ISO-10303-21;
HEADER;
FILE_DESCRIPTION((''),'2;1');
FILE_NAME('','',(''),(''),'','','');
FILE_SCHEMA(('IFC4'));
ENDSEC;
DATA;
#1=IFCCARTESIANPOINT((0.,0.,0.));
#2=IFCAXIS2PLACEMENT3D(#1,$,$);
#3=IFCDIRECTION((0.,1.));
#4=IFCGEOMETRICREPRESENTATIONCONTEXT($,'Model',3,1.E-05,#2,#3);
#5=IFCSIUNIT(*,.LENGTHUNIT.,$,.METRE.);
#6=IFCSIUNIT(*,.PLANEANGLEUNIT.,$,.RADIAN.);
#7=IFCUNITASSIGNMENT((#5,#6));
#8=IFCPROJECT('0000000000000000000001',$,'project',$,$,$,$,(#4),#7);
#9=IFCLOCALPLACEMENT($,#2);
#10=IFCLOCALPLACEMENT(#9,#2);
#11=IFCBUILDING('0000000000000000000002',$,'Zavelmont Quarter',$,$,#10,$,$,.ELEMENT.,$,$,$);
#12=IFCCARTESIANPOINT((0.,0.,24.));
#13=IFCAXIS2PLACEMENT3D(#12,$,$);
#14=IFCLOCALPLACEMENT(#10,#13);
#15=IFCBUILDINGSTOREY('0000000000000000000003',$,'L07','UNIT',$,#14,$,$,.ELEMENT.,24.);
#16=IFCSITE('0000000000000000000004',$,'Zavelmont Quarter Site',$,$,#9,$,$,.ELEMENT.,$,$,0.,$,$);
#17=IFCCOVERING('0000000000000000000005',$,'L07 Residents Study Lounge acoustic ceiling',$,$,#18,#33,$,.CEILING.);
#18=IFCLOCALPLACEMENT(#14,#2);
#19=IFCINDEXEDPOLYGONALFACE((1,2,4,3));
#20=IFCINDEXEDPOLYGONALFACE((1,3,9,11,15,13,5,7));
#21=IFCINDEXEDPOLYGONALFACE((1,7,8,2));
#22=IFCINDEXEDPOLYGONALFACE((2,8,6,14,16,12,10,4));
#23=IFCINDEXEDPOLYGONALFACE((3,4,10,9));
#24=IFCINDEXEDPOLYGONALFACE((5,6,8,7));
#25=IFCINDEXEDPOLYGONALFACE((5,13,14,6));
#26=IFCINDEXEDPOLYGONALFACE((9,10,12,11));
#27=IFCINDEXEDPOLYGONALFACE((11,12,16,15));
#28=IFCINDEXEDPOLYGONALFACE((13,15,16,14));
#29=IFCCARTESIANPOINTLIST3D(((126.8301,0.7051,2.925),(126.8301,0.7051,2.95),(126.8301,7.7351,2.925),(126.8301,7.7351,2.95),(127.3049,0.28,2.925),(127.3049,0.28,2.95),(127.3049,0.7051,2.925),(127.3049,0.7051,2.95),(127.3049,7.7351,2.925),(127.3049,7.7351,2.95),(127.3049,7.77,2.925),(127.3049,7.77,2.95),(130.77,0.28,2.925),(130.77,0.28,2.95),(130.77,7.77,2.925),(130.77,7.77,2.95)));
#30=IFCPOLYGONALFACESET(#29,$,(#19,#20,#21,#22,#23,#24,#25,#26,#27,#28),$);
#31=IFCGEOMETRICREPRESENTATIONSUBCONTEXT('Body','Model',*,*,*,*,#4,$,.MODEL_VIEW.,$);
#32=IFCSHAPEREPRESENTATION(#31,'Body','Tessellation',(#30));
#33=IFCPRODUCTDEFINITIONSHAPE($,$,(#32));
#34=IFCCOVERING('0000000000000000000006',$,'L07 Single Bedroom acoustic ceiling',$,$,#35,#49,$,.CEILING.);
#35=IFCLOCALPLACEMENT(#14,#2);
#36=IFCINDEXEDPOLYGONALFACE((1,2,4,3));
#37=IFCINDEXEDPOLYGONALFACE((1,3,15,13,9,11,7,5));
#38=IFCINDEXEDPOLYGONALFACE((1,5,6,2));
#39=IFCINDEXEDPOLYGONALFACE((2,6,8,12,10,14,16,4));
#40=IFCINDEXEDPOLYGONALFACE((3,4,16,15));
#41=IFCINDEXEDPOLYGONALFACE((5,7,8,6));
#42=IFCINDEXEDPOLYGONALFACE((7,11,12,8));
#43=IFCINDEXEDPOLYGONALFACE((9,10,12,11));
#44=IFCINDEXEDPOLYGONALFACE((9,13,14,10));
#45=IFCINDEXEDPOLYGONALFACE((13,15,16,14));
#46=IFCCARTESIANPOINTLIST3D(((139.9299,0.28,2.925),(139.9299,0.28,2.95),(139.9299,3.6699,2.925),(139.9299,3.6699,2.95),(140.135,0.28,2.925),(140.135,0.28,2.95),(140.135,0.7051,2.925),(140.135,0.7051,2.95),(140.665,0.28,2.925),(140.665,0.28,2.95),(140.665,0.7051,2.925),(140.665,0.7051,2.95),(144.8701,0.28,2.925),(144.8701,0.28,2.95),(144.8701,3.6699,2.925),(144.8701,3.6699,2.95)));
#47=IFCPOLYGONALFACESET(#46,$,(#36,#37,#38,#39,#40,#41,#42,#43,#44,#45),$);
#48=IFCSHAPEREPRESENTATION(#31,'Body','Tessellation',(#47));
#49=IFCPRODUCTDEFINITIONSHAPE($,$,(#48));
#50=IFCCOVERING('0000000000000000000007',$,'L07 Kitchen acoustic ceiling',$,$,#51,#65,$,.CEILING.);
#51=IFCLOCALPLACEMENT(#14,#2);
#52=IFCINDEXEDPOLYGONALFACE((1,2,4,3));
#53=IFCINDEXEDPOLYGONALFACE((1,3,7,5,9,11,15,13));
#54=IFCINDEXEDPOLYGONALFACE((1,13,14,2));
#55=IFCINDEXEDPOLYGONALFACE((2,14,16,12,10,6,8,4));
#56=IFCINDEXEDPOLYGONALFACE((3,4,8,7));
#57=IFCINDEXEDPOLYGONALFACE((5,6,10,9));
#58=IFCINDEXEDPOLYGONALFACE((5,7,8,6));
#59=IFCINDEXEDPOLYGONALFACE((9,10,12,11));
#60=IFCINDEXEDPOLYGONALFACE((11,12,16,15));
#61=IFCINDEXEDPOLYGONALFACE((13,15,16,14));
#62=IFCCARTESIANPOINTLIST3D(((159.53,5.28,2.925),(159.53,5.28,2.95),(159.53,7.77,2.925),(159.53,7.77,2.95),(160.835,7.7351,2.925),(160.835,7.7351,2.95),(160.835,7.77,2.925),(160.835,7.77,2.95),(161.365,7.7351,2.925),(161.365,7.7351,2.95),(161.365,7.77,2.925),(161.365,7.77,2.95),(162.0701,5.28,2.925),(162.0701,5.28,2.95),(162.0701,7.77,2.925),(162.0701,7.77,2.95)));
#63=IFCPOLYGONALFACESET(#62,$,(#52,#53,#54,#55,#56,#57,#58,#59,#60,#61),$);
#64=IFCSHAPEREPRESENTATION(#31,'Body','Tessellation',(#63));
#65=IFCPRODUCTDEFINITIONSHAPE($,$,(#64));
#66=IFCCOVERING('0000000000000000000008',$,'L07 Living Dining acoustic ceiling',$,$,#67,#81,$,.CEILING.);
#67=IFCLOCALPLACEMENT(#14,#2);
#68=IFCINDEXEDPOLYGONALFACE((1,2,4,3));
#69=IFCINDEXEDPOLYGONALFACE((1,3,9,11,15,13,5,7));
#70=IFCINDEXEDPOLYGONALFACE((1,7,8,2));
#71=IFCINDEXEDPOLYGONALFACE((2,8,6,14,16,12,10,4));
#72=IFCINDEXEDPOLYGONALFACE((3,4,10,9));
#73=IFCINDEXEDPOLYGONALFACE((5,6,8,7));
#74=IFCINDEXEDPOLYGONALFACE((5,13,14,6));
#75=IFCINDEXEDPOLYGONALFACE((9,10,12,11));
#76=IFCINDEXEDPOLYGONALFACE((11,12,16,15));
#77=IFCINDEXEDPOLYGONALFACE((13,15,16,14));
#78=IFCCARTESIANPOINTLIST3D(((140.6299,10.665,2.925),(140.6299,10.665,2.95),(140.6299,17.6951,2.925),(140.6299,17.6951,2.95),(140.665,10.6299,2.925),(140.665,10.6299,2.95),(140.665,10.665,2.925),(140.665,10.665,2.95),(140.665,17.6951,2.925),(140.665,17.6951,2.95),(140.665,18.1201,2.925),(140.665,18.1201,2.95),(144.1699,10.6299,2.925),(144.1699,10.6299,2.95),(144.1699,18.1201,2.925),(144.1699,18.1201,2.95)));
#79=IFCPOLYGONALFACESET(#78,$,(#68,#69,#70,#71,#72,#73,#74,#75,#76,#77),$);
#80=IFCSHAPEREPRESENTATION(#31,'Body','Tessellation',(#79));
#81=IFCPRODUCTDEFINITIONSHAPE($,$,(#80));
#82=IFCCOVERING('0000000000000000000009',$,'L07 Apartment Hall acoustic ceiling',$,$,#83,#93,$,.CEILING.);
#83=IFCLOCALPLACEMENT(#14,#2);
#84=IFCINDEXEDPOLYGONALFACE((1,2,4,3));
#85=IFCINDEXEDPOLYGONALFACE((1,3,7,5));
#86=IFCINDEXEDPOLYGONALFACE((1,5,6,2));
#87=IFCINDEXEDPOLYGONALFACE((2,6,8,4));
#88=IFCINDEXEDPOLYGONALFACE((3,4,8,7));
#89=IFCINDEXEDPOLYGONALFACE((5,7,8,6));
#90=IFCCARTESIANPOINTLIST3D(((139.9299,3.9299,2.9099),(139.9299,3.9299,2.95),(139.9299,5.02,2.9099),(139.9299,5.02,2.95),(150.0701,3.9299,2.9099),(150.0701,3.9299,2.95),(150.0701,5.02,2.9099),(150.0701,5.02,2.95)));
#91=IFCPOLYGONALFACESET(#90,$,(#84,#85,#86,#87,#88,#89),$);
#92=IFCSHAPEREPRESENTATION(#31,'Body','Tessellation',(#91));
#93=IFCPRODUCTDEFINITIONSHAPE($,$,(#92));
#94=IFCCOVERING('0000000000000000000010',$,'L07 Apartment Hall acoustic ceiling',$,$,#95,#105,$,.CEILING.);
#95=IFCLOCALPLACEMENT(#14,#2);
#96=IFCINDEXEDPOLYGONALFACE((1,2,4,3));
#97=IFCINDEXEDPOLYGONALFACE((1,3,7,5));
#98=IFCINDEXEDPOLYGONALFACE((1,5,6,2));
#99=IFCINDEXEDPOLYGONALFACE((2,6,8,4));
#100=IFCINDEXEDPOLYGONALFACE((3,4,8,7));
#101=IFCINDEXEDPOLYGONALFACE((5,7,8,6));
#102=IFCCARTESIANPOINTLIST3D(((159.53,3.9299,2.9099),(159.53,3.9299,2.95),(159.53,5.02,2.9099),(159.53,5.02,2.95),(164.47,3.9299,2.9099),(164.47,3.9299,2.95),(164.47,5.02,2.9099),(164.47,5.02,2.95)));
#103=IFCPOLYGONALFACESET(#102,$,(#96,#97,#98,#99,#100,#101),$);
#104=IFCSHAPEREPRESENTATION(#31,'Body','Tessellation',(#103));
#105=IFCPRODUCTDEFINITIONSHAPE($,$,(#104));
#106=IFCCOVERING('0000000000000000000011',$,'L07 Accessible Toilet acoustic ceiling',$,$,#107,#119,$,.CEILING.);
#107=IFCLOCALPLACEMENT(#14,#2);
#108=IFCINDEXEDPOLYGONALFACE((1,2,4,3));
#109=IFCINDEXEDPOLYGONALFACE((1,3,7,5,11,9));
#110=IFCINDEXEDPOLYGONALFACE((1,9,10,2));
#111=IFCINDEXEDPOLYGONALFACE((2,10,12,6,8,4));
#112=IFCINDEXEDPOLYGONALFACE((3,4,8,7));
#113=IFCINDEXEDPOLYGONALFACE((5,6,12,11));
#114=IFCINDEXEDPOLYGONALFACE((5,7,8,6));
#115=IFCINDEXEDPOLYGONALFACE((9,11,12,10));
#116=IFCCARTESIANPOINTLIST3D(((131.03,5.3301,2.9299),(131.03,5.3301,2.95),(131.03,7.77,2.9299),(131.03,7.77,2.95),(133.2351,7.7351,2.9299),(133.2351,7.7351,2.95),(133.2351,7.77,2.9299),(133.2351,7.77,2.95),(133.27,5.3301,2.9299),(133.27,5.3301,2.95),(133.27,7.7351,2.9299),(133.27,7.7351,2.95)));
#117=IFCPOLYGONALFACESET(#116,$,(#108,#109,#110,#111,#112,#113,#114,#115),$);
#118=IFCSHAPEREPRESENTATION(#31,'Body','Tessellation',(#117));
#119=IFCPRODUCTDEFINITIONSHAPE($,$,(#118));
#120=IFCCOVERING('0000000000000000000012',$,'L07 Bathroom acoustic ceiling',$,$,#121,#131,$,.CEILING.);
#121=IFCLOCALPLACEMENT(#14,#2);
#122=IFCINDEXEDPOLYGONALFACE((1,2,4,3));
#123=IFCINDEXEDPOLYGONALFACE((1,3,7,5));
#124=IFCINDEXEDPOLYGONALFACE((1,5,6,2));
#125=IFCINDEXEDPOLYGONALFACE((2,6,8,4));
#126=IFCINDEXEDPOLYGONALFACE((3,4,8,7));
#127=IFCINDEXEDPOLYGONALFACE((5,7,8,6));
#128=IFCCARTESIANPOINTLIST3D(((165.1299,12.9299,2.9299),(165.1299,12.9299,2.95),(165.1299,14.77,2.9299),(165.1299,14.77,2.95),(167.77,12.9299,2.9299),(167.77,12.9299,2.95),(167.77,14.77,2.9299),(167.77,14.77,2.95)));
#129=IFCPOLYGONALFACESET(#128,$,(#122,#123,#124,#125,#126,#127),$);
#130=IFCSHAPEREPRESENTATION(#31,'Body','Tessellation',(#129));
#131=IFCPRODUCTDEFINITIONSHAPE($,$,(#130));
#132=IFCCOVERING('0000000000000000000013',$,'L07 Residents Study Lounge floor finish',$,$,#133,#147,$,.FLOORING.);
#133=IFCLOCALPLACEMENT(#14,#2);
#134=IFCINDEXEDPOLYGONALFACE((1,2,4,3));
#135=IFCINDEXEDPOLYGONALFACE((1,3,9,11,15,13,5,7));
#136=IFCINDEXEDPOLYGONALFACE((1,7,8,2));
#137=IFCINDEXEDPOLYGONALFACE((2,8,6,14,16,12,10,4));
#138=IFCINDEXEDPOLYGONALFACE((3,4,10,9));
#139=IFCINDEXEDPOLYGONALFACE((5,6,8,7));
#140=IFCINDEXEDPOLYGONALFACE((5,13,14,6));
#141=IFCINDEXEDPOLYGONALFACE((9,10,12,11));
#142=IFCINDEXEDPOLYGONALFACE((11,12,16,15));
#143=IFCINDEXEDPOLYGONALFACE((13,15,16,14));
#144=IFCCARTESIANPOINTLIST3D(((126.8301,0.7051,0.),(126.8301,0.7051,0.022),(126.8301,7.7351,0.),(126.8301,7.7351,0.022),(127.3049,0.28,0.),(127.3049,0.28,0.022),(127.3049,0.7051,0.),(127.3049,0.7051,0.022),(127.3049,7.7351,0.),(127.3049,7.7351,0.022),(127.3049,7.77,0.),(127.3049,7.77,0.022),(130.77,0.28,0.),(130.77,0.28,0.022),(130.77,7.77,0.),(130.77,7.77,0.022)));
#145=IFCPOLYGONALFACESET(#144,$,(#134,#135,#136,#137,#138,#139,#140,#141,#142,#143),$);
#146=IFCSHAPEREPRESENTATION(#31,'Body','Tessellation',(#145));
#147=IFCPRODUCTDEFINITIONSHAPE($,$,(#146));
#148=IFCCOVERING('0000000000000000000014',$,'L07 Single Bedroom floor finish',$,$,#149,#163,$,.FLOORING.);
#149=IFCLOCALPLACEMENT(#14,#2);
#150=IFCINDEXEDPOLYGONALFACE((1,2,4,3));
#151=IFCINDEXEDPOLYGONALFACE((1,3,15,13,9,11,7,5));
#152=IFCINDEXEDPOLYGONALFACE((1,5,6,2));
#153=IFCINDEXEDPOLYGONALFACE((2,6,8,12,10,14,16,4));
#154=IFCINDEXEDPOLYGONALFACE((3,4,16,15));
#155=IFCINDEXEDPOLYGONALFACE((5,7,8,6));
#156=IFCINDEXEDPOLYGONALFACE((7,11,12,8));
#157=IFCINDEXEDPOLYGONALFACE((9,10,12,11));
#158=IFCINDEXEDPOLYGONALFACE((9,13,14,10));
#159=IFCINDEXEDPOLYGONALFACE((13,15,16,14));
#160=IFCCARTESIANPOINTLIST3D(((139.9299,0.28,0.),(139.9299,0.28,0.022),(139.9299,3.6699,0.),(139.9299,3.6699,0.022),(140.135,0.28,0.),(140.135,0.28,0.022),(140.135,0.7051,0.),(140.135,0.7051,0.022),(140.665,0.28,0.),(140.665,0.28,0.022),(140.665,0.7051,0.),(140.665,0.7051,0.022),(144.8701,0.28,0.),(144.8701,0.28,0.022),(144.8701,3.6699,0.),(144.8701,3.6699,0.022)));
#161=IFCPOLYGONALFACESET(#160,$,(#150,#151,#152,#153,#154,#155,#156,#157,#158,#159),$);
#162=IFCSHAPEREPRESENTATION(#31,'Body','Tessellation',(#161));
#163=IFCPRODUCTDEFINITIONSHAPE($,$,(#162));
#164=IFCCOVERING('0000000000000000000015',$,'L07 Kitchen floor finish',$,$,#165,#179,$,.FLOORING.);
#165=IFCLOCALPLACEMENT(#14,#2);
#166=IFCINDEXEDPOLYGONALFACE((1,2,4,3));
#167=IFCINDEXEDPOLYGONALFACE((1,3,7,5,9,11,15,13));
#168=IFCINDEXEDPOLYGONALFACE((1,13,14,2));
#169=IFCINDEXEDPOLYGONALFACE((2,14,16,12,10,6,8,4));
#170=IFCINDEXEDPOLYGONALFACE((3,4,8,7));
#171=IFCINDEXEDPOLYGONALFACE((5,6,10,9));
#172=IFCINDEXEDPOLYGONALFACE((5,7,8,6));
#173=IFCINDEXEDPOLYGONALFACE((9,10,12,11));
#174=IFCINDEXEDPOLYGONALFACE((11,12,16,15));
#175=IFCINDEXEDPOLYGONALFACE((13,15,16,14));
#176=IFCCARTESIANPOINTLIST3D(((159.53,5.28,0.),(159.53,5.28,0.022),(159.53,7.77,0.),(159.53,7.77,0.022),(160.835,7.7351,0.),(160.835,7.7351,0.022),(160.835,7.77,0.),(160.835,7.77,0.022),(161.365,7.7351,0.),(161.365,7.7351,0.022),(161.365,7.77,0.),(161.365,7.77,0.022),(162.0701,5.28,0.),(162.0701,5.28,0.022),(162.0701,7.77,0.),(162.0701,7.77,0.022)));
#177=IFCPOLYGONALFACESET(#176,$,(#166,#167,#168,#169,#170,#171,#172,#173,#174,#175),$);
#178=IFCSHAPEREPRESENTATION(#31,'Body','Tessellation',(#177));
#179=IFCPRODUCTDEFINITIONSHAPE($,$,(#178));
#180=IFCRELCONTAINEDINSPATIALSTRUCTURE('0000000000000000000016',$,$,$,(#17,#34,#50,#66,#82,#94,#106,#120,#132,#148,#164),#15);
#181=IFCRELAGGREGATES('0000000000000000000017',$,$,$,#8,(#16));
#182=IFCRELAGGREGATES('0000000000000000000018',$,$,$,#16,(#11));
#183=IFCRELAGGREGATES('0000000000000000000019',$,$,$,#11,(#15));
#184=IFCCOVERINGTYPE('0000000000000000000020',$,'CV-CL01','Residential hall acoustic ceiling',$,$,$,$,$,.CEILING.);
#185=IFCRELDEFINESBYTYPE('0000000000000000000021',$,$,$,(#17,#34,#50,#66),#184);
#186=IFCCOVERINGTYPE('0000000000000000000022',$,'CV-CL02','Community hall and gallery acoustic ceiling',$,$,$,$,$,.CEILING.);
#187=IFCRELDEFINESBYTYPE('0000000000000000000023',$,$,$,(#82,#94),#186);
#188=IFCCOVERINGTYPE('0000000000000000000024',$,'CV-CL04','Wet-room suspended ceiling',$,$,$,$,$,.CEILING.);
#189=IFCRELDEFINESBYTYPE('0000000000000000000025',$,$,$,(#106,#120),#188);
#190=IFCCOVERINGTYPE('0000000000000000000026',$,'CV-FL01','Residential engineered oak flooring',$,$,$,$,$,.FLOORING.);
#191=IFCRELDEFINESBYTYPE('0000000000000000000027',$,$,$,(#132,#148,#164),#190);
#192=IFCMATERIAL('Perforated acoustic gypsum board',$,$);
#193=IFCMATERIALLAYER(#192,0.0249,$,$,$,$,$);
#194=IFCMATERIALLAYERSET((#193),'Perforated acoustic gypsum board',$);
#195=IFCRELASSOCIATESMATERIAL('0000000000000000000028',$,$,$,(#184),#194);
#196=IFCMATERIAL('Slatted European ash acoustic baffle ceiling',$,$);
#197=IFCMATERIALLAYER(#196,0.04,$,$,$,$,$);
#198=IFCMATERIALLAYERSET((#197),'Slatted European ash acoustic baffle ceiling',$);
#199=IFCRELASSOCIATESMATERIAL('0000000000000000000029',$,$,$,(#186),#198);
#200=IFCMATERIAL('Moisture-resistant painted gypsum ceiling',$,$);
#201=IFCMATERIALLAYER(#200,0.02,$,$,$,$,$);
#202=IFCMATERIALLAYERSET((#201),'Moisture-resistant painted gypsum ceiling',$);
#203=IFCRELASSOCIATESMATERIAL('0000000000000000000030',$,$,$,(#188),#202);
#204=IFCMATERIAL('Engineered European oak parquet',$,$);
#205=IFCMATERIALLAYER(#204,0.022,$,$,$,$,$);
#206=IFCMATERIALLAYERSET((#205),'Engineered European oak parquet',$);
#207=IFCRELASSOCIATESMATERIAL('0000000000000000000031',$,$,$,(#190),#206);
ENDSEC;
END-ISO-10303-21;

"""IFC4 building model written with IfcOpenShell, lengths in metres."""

from ifc_helpers import new_model, si_unit, direction, frame, origin, place, context, subcontext, project, spatial, polyline, outline, extrude, material, layer, layer_set, type_object, element, save


model = new_model("IFC4")

# Units and contexts
model_context = context("Model", 3, precision=1e-05, world=origin(), true_north=direction((0.0, 1.0)))
body_context = subcontext(model_context, "Body", "Model", "MODEL_VIEW")
ifc_project = project(units=[si_unit("LENGTHUNIT", "METRE"), si_unit("PLANEANGLEUNIT", "RADIAN")], contexts=[model_context])

# Site, building, storey
site_placement = place(None, origin())
site = spatial("IfcSite", under=ifc_project, at=site_placement, Name="Zavelmont Quarter Site", CompositionType="ELEMENT", RefElevation=0.0)
building_placement = place(site_placement, origin())
building = spatial("IfcBuilding", under=site, at=building_placement, Name="Zavelmont Quarter", CompositionType="ELEMENT")
storey_placement = place(building_placement, frame((0.0, 0.0, 24.0)))
storey = spatial("IfcBuildingStorey", under=building, at=storey_placement, Name="L07", Description="UNIT", CompositionType="ELEMENT", Elevation=24.0)

# Coverings
ifc_material_1 = material(Name="Perforated acoustic gypsum board")
ifc_layer_1 = layer(ifc_material_1, 0.0249)
ifc_layer_set_1 = layer_set([ifc_layer_1], Name="Perforated acoustic gypsum board")
covering_type_1 = type_object("IfcCoveringType", Name="CV-CL01", Description="Residential hall acoustic ceiling", PredefinedType="CEILING", material=ifc_layer_set_1)
covering_1_placement = place(storey_placement, frame((0.0, 0.0, 2.925)))
element("IfcCovering", 1, at=covering_1_placement, inside=storey, type_object=covering_type_1, Name="L07 Residents Study Lounge acoustic ceiling", PredefinedType="CEILING", context=body_context, shape_type="SweptSolid", body=[
    extrude(outline(polyline([(126.8301, 7.7351), (127.3049, 7.7351), (127.3049, 7.77), (130.77, 7.77), (130.77, 0.28), (127.3049, 0.28), (127.3049, 0.7051), (126.8301, 0.7051), (126.8301, 7.7351)])), origin(), (0.0, 0.0, 1.0), 0.0249),
])
covering_2_placement = place(storey_placement, frame((0.0, 0.0, 2.925)))
element("IfcCovering", 2, at=covering_2_placement, inside=storey, type_object=covering_type_1, Name="L07 Single Bedroom acoustic ceiling", PredefinedType="CEILING", context=body_context, shape_type="SweptSolid", body=[
    extrude(outline(polyline([(139.9299, 3.6699), (144.8701, 3.6699), (144.8701, 0.28), (140.665, 0.28), (140.665, 0.7051), (140.135, 0.7051), (140.135, 0.28), (139.9299, 0.28), (139.9299, 3.6699)])), origin(), (0.0, 0.0, 1.0), 0.0249),
])
covering_3_placement = place(storey_placement, frame((0.0, 0.0, 2.925)))
element("IfcCovering", 3, at=covering_3_placement, inside=storey, type_object=covering_type_1, Name="L07 Kitchen acoustic ceiling", PredefinedType="CEILING", context=body_context, shape_type="SweptSolid", body=[
    extrude(outline(polyline([(159.53, 7.77), (160.835, 7.77), (160.835, 7.7351), (161.365, 7.7351), (161.365, 7.77), (162.0701, 7.77), (162.0701, 5.28), (159.53, 5.28), (159.53, 7.77)])), origin(), (0.0, 0.0, 1.0), 0.0249),
])
covering_4_placement = place(storey_placement, frame((0.0, 0.0, 2.925)))
element("IfcCovering", 4, at=covering_4_placement, inside=storey, type_object=covering_type_1, Name="L07 Living Dining acoustic ceiling", PredefinedType="CEILING", context=body_context, shape_type="SweptSolid", body=[
    extrude(outline(polyline([(140.6299, 17.6951), (140.665, 17.6951), (140.665, 18.1201), (144.1699, 18.1201), (144.1699, 10.6299), (140.665, 10.6299), (140.665, 10.665), (140.6299, 10.665), (140.6299, 17.6951)])), origin(), (0.0, 0.0, 1.0), 0.0249),
])
ifc_material_2 = material(Name="Slatted European ash acoustic baffle ceiling")
ifc_layer_2 = layer(ifc_material_2, 0.04)
ifc_layer_set_2 = layer_set([ifc_layer_2], Name="Slatted European ash acoustic baffle ceiling")
covering_type_2 = type_object("IfcCoveringType", Name="CV-CL02", Description="Community hall and gallery acoustic ceiling", PredefinedType="CEILING", material=ifc_layer_set_2)
covering_5_placement = place(storey_placement, frame((0.0, 0.0, 2.9099)))
element("IfcCovering", 5, at=covering_5_placement, inside=storey, type_object=covering_type_2, Name="L07 Apartment Hall acoustic ceiling", PredefinedType="CEILING", context=body_context, shape_type="SweptSolid", body=[
    extrude(outline(polyline([(139.9299, 5.02), (150.0701, 5.02), (150.0701, 3.9299), (139.9299, 3.9299), (139.9299, 5.02)])), origin(), (0.0, 0.0, 1.0), 0.04),
])
covering_6_placement = place(storey_placement, frame((0.0, 0.0, 2.9099)))
element("IfcCovering", 6, at=covering_6_placement, inside=storey, type_object=covering_type_2, Name="L07 Apartment Hall acoustic ceiling", PredefinedType="CEILING", context=body_context, shape_type="SweptSolid", body=[
    extrude(outline(polyline([(159.53, 5.02), (164.47, 5.02), (164.47, 3.9299), (159.53, 3.9299), (159.53, 5.02)])), origin(), (0.0, 0.0, 1.0), 0.04),
])
ifc_material_3 = material(Name="Moisture-resistant painted gypsum ceiling")
ifc_layer_3 = layer(ifc_material_3, 0.02)
ifc_layer_set_3 = layer_set([ifc_layer_3], Name="Moisture-resistant painted gypsum ceiling")
covering_type_3 = type_object("IfcCoveringType", Name="CV-CL04", Description="Wet-room suspended ceiling", PredefinedType="CEILING", material=ifc_layer_set_3)
covering_7_placement = place(storey_placement, frame((0.0, 0.0, 2.9299)))
element("IfcCovering", 7, at=covering_7_placement, inside=storey, type_object=covering_type_3, Name="L07 Accessible Toilet acoustic ceiling", PredefinedType="CEILING", context=body_context, shape_type="SweptSolid", body=[
    extrude(outline(polyline([(131.03, 7.77), (133.2351, 7.77), (133.2351, 7.7351), (133.27, 7.7351), (133.27, 5.3301), (131.03, 5.3301), (131.03, 7.77)])), origin(), (0.0, 0.0, 1.0), 0.02),
])
covering_8_placement = place(storey_placement, frame((0.0, 0.0, 2.9299)))
element("IfcCovering", 8, at=covering_8_placement, inside=storey, type_object=covering_type_3, Name="L07 Bathroom acoustic ceiling", PredefinedType="CEILING", context=body_context, shape_type="SweptSolid", body=[
    extrude(outline(polyline([(165.1299, 14.77), (167.77, 14.77), (167.77, 12.9299), (165.1299, 12.9299), (165.1299, 14.77)])), origin(), (0.0, 0.0, 1.0), 0.02),
])
ifc_material_4 = material(Name="Engineered European oak parquet")
ifc_layer_4 = layer(ifc_material_4, 0.022)
ifc_layer_set_4 = layer_set([ifc_layer_4], Name="Engineered European oak parquet")
covering_type_4 = type_object("IfcCoveringType", Name="CV-FL01", Description="Residential engineered oak flooring", PredefinedType="FLOORING", material=ifc_layer_set_4)
covering_9_placement = place(storey_placement, origin())
element("IfcCovering", 9, at=covering_9_placement, inside=storey, type_object=covering_type_4, Name="L07 Residents Study Lounge floor finish", PredefinedType="FLOORING", context=body_context, shape_type="SweptSolid", body=[
    extrude(outline(polyline([(126.8301, 7.7351), (127.3049, 7.7351), (127.3049, 7.77), (130.77, 7.77), (130.77, 0.28), (127.3049, 0.28), (127.3049, 0.7051), (126.8301, 0.7051), (126.8301, 7.7351)])), origin(), (0.0, 0.0, 1.0), 0.022),
])
covering_10_placement = place(storey_placement, origin())
element("IfcCovering", 10, at=covering_10_placement, inside=storey, type_object=covering_type_4, Name="L07 Single Bedroom floor finish", PredefinedType="FLOORING", context=body_context, shape_type="SweptSolid", body=[
    extrude(outline(polyline([(139.9299, 3.6699), (144.8701, 3.6699), (144.8701, 0.28), (140.665, 0.28), (140.665, 0.7051), (140.135, 0.7051), (140.135, 0.28), (139.9299, 0.28), (139.9299, 3.6699)])), origin(), (0.0, 0.0, 1.0), 0.022),
])
covering_11_placement = place(storey_placement, origin())
element("IfcCovering", 11, at=covering_11_placement, inside=storey, type_object=covering_type_4, Name="L07 Kitchen floor finish", PredefinedType="FLOORING", context=body_context, shape_type="SweptSolid", body=[
    extrude(outline(polyline([(159.53, 7.77), (160.835, 7.77), (160.835, 7.7351), (161.365, 7.7351), (161.365, 7.77), (162.0701, 7.77), (162.0701, 5.28), (159.53, 5.28), (159.53, 7.77)])), origin(), (0.0, 0.0, 1.0), 0.022),
])

save(model, "model.ifc")
